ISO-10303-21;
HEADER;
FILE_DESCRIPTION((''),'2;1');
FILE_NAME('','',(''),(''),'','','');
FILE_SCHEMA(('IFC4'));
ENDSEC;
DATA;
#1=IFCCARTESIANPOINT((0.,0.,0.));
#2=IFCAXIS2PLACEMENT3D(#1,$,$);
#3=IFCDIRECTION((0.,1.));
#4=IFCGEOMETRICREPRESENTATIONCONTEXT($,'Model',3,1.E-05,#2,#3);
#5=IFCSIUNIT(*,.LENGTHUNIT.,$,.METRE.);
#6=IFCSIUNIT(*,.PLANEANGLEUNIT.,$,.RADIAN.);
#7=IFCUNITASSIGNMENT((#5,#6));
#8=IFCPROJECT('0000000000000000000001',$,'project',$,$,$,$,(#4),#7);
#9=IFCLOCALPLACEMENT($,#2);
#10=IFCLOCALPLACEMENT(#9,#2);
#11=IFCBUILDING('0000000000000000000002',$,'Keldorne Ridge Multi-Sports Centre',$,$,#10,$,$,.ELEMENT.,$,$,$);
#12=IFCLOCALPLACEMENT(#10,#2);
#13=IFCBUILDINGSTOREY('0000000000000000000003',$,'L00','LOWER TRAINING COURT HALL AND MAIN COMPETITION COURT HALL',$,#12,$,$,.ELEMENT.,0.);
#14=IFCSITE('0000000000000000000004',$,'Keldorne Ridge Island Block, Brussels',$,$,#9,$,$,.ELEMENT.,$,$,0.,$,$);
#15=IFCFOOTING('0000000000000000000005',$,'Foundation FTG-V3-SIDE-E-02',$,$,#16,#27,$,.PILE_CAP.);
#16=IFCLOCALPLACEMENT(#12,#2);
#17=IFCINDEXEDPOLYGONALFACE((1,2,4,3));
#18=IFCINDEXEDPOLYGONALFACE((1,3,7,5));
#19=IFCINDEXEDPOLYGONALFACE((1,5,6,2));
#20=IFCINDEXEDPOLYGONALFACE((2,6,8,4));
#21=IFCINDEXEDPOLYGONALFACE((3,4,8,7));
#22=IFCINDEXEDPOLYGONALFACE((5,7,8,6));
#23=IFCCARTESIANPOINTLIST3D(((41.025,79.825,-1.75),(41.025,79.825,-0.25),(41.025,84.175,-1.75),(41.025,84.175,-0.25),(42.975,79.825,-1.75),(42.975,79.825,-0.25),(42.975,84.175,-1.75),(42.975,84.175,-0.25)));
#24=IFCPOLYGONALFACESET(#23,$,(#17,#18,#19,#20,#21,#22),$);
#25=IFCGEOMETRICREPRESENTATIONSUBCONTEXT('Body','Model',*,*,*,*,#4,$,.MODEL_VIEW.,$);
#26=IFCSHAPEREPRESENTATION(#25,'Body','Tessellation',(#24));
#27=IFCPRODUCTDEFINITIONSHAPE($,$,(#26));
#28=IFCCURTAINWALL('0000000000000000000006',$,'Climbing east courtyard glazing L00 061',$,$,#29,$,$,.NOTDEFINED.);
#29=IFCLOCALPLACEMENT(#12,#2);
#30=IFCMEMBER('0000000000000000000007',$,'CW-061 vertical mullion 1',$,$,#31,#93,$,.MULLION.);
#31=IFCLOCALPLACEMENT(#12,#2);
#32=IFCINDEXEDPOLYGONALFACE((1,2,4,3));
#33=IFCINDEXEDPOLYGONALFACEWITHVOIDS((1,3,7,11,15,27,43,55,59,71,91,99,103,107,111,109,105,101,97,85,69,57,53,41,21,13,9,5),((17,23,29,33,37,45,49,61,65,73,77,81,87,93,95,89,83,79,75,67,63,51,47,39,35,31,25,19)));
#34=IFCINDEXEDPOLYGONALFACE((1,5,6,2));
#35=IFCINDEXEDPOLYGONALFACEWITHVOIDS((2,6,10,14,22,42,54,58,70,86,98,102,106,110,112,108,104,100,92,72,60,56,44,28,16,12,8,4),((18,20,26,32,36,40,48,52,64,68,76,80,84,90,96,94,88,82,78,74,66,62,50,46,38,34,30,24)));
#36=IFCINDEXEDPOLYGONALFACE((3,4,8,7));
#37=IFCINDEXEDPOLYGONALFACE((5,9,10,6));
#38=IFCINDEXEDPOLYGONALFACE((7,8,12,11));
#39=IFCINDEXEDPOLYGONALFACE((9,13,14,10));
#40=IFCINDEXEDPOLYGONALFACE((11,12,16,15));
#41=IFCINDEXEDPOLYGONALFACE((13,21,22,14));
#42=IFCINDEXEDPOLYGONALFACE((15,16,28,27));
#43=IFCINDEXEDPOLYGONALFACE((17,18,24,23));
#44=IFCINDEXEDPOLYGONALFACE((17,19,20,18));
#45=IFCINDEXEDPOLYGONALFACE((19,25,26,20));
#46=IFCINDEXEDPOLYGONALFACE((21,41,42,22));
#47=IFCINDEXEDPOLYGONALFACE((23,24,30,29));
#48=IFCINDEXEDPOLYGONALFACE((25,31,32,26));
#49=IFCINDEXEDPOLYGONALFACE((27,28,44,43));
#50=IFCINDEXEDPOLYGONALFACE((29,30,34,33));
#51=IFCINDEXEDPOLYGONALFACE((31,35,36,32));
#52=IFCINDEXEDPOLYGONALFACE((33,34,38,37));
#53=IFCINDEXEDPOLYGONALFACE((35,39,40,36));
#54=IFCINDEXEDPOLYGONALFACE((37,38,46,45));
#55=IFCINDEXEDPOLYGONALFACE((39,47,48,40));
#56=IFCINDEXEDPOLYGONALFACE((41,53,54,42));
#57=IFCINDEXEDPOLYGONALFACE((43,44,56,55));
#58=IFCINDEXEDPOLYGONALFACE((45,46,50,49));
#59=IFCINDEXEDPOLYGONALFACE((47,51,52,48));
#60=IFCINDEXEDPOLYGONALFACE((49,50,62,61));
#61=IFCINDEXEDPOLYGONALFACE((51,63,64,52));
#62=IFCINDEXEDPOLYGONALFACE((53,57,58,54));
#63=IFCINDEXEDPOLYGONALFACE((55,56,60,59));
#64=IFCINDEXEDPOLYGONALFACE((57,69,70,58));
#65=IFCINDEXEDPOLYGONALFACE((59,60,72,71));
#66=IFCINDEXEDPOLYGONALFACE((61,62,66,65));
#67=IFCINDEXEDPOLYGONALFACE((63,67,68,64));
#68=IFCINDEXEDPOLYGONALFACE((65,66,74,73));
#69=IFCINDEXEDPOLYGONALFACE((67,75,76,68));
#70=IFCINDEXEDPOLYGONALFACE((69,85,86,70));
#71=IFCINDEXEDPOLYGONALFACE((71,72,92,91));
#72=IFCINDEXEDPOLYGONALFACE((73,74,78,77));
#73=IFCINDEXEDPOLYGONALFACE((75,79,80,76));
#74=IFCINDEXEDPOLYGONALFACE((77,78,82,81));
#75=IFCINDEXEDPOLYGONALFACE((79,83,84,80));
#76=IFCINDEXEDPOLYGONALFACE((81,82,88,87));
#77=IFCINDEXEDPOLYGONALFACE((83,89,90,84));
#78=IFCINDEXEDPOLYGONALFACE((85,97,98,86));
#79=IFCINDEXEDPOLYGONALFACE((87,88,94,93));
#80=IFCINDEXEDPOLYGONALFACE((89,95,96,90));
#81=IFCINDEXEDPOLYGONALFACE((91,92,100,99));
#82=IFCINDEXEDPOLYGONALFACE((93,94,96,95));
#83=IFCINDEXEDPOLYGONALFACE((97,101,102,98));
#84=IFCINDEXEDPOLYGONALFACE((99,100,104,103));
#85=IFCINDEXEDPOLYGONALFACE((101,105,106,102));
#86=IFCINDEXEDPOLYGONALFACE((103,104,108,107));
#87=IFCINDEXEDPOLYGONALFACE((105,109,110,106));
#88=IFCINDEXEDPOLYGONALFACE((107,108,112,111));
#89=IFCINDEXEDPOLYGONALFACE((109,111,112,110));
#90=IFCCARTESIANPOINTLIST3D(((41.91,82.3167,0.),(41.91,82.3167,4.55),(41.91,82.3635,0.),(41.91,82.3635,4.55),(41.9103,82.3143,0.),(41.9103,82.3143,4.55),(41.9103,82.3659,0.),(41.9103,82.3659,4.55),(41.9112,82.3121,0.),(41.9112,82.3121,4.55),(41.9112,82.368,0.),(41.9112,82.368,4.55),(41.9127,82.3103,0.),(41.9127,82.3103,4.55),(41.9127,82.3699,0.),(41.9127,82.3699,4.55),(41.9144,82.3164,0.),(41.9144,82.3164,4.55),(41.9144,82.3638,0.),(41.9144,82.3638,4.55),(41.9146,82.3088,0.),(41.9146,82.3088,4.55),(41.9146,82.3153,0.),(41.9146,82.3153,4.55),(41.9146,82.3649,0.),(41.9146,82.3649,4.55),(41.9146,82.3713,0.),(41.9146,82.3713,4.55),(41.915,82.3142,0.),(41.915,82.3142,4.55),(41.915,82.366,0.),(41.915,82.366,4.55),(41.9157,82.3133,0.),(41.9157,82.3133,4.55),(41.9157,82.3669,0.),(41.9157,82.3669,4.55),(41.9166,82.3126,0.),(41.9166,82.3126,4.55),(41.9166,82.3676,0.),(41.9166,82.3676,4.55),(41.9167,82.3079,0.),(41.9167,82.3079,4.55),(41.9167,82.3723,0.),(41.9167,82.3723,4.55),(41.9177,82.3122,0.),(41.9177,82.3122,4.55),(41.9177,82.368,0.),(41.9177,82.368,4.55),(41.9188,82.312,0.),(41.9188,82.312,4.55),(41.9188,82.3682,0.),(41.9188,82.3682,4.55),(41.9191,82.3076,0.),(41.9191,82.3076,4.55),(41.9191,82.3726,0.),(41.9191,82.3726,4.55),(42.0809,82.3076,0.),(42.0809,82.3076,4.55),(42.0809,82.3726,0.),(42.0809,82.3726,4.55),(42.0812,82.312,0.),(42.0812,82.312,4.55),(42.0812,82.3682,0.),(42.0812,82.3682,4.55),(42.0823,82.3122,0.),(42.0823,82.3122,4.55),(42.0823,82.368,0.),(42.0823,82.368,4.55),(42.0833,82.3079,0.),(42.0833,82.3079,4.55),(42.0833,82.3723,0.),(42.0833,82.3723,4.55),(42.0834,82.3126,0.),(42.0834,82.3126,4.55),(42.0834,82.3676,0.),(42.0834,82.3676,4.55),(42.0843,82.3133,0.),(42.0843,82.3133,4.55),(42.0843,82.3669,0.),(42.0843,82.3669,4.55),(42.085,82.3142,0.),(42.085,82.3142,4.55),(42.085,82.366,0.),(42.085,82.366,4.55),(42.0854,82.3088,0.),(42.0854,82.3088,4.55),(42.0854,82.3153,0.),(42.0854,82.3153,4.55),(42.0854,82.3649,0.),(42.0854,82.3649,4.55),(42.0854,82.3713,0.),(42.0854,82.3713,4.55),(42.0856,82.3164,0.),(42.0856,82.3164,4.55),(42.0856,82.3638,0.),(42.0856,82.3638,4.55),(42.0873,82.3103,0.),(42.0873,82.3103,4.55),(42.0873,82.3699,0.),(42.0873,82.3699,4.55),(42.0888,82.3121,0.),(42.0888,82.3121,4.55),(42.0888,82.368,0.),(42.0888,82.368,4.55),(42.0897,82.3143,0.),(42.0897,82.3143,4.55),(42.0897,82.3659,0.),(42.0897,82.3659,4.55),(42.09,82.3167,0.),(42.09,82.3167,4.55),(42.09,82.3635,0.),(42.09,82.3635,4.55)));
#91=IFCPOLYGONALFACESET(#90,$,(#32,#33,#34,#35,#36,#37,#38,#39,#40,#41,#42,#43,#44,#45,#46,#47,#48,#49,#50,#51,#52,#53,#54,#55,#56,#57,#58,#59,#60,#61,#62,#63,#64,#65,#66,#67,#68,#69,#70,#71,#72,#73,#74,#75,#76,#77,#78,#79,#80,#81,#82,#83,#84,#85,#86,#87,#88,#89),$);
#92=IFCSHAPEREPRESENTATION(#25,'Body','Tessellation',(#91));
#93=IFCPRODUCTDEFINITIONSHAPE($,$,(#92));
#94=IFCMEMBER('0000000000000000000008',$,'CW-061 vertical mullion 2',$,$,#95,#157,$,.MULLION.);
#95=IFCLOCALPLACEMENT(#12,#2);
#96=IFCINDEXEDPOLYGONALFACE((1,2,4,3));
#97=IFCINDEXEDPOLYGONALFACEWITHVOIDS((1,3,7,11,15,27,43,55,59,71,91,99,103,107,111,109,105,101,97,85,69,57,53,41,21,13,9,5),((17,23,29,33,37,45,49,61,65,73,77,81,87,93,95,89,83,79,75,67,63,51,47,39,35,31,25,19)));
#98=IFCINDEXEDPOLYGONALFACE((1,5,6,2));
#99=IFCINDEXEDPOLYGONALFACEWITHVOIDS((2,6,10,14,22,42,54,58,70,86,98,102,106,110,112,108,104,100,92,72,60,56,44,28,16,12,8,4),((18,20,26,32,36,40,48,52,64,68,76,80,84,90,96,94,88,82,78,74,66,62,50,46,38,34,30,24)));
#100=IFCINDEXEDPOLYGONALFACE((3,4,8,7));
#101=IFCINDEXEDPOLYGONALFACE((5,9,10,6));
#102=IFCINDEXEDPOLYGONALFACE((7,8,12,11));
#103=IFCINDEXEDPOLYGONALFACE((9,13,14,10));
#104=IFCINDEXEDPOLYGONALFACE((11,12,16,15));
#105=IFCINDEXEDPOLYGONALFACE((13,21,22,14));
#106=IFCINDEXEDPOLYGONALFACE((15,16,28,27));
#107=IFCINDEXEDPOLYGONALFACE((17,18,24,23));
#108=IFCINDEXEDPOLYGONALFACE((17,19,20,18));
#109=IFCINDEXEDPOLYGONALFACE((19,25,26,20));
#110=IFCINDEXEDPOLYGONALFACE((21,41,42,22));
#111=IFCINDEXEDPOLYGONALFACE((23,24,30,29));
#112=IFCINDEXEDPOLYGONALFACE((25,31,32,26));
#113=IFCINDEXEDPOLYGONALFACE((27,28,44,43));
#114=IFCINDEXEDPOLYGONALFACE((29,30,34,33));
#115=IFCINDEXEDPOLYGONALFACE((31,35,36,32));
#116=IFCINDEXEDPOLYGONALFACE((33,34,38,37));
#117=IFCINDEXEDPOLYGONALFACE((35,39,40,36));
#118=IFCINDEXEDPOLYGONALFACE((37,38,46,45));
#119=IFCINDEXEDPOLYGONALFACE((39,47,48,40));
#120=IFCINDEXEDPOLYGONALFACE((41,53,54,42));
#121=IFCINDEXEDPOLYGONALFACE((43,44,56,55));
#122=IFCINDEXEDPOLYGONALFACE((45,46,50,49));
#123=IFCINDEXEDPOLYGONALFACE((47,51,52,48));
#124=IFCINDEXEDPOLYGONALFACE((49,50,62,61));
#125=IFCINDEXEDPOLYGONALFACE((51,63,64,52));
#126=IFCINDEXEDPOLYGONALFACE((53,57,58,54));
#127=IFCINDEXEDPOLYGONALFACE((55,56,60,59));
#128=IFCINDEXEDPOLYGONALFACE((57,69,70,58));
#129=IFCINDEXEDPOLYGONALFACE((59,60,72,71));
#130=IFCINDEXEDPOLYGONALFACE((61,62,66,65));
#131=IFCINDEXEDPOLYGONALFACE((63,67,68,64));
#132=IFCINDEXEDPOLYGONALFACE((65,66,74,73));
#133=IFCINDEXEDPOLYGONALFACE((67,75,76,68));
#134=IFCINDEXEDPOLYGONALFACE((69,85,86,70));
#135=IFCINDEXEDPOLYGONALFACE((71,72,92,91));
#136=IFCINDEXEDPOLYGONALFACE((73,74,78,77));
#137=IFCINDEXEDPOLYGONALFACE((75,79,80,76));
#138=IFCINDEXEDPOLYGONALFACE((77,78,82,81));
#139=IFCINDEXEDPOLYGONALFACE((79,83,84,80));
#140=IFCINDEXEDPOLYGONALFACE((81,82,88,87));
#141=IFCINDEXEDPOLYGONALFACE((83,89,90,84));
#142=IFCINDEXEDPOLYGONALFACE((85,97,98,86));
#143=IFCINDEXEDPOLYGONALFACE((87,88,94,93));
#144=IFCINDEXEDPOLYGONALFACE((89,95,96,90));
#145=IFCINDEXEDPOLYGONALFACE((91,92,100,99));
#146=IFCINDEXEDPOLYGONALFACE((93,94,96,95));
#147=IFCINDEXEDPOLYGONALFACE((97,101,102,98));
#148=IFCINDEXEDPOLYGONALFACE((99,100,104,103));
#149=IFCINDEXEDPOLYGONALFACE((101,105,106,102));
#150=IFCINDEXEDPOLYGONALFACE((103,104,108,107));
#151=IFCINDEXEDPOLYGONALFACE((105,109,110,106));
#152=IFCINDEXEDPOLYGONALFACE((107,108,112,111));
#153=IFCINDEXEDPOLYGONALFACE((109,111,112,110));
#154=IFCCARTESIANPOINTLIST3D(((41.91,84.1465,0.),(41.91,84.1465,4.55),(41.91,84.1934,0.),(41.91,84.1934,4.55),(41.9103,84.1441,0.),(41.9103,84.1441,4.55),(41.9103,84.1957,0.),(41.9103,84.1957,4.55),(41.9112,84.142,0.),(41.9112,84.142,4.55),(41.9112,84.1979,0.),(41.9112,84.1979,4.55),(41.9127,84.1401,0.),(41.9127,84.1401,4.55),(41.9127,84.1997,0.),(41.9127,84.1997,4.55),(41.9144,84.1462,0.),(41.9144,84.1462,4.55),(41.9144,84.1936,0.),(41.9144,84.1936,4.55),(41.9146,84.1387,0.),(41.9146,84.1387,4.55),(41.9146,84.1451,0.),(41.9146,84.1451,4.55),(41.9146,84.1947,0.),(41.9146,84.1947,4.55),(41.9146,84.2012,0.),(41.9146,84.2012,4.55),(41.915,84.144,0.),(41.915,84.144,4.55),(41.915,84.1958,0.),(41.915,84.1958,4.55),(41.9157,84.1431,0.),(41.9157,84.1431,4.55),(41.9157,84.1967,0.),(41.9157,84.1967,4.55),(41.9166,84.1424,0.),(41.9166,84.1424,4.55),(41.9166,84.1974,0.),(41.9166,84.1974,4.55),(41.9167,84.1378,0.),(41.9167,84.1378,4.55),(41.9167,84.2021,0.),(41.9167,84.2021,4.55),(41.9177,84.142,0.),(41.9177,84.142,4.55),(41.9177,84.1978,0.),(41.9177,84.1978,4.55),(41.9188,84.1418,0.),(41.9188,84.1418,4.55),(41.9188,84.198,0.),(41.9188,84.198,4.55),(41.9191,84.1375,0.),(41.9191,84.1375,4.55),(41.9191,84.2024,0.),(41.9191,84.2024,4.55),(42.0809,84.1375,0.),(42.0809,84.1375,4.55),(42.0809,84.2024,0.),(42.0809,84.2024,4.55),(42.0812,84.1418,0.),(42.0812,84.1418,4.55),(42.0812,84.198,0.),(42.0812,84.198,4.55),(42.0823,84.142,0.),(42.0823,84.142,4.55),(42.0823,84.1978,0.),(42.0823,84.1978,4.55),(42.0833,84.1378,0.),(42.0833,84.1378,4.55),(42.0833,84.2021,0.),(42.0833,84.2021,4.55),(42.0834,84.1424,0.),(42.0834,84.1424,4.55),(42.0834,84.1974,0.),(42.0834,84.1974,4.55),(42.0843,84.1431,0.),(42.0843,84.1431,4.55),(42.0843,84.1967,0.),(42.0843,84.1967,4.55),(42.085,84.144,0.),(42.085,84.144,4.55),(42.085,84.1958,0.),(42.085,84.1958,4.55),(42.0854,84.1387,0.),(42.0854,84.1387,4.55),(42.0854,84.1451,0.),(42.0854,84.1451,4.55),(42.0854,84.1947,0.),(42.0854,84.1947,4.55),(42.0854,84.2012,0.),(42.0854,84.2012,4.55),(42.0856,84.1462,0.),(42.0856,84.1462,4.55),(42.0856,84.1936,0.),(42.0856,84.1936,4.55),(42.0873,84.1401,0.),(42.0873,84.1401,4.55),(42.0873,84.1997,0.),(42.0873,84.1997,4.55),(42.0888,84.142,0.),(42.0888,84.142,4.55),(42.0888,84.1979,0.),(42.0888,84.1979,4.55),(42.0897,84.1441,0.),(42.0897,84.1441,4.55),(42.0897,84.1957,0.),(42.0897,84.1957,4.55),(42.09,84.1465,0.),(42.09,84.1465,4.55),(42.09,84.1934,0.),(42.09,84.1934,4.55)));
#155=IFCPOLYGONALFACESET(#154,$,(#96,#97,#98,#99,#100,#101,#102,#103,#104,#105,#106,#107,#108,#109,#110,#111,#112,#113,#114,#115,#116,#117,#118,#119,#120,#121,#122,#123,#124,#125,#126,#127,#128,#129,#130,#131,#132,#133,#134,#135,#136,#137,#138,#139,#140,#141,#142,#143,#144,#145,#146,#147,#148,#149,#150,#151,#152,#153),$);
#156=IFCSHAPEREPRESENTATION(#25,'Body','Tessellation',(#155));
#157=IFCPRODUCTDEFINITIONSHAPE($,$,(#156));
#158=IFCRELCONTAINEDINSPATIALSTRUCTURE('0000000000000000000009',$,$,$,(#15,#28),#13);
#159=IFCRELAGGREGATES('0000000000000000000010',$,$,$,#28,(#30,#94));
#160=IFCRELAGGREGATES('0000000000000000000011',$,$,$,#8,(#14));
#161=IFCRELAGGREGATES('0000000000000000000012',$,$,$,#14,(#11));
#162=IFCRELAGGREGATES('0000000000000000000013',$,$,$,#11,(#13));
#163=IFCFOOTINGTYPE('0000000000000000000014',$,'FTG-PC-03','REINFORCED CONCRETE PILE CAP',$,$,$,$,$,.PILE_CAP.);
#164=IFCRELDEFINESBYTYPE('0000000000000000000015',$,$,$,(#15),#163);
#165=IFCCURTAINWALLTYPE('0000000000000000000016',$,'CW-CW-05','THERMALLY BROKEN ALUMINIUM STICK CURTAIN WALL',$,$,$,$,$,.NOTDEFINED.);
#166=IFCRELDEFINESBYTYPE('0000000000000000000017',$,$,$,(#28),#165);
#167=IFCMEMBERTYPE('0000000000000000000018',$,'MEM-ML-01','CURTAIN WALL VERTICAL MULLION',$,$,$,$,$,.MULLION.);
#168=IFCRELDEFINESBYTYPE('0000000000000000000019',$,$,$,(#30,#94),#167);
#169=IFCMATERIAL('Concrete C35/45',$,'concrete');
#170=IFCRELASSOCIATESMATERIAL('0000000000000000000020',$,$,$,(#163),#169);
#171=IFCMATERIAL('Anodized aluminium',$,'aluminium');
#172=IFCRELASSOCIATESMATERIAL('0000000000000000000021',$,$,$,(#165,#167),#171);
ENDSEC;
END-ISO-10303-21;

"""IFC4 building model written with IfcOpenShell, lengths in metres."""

from ifc_helpers import new_model, si_unit, direction, frame, origin, origin_2d, place, context, subcontext, project, spatial, rectangle, hollow_rectangle, extrude, material, material_profile, profile_set, type_object, element, aggregate, save


model = new_model("IFC4")

# Units and contexts
model_context = context("Model", 3, precision=1e-05, world=origin(), true_north=direction((0.0, 1.0)))
body_context = subcontext(model_context, "Body", "Model", "MODEL_VIEW")
ifc_project = project(units=[si_unit("LENGTHUNIT", "METRE"), si_unit("PLANEANGLEUNIT", "RADIAN")], contexts=[model_context])

# Site, building, storey
site_placement = place(None, origin())
site = spatial("IfcSite", under=ifc_project, at=site_placement, Name="Keldorne Ridge Island Block, Brussels", CompositionType="ELEMENT", RefElevation=0.0)
building_placement = place(site_placement, origin())
building = spatial("IfcBuilding", under=site, at=building_placement, Name="Keldorne Ridge Multi-Sports Centre", CompositionType="ELEMENT")
storey_placement = place(building_placement, origin())
storey = spatial("IfcBuildingStorey", under=building, at=storey_placement, Name="L00", Description="LOWER TRAINING COURT HALL AND MAIN COMPETITION COURT HALL", CompositionType="ELEMENT", Elevation=0.0)

# Footing
ifc_material_1 = material(Name="Concrete C35/45", Category="concrete")
footing_type = type_object("IfcFootingType", Name="FTG-PC-03", Description="REINFORCED CONCRETE PILE CAP", PredefinedType="PILE_CAP", material=ifc_material_1)
footing_placement = place(storey_placement, frame((42.0, 82.0, -1.75), z_axis=(0.0, 0.0, 1.0), x_axis=(1.0, 0.0, 0.0)))
element("IfcFooting", 1, at=footing_placement, inside=storey, type_object=footing_type, Name="Foundation FTG-V3-SIDE-E-02", PredefinedType="PILE_CAP", context=body_context, shape_type="SweptSolid", body=[
    extrude(rectangle(XDim=1.95, YDim=4.3501, at=origin_2d()), origin(), (0.0, 0.0, 1.0), 1.5),
])

# Curtain wall, members
ifc_material_2 = material(Name="Anodized aluminium", Category="aluminium")
curtain_wall_type_1 = type_object("IfcCurtainWallType", Name="CW-CW-05", Description="THERMALLY BROKEN ALUMINIUM STICK CURTAIN WALL", PredefinedType="NOTDEFINED", material=ifc_material_2)
curtain_wall_1_placement = place(storey_placement, origin())
curtain_wall_1 = element("IfcCurtainWall", 2, at=curtain_wall_1_placement, inside=storey, type_object=curtain_wall_type_1, Name="Climbing east courtyard glazing L00 061", PredefinedType="NOTDEFINED")
ifc_material_profile_1 = material_profile(ifc_material_2, hollow_rectangle(XDim=0.0649, YDim=0.1799, WallThickness=0.0044, InnerFilletRadius=0.0044, OuterFilletRadius=0.009, at=origin_2d()), Name="ALU MULLION 180x65x4.5")
ifc_profile_set_1 = profile_set([ifc_material_profile_1], Name="Anodized aluminium")
member_type_1 = type_object("IfcMemberType", Name="MEM-ML-01", Description="CURTAIN WALL VERTICAL MULLION", PredefinedType="MULLION", material=ifc_profile_set_1)
member_1_placement = place(storey_placement, frame((42.0, 82.3401, 0.0), z_axis=(0.0, 0.0, 1.0), x_axis=(0.0, 1.0, 0.0)))
member_1 = element("IfcMember", 3, at=member_1_placement, type_object=member_type_1, Name="CW-061 vertical mullion 1", PredefinedType="MULLION", context=body_context, shape_type="SweptSolid", body=[
    extrude(hollow_rectangle(XDim=0.0649, YDim=0.1799, WallThickness=0.0044, InnerFilletRadius=0.0044, OuterFilletRadius=0.009, at=origin_2d()), origin(), (0.0, 0.0, 1.0), 4.55),
])
member_2_placement = place(storey_placement, frame((42.0, 84.1699, 0.0), z_axis=(0.0, 0.0, 1.0), x_axis=(0.0, 1.0, 0.0)))
member_2 = element("IfcMember", 4, at=member_2_placement, type_object=member_type_1, Name="CW-061 vertical mullion 2", PredefinedType="MULLION", context=body_context, shape_type="SweptSolid", body=[
    extrude(hollow_rectangle(XDim=0.0649, YDim=0.1799, WallThickness=0.0044, InnerFilletRadius=0.0044, OuterFilletRadius=0.009, at=origin_2d()), origin(), (0.0, 0.0, 1.0), 4.55),
])

aggregate(curtain_wall_1, [member_1, member_2])

save(model, "model.ifc")
